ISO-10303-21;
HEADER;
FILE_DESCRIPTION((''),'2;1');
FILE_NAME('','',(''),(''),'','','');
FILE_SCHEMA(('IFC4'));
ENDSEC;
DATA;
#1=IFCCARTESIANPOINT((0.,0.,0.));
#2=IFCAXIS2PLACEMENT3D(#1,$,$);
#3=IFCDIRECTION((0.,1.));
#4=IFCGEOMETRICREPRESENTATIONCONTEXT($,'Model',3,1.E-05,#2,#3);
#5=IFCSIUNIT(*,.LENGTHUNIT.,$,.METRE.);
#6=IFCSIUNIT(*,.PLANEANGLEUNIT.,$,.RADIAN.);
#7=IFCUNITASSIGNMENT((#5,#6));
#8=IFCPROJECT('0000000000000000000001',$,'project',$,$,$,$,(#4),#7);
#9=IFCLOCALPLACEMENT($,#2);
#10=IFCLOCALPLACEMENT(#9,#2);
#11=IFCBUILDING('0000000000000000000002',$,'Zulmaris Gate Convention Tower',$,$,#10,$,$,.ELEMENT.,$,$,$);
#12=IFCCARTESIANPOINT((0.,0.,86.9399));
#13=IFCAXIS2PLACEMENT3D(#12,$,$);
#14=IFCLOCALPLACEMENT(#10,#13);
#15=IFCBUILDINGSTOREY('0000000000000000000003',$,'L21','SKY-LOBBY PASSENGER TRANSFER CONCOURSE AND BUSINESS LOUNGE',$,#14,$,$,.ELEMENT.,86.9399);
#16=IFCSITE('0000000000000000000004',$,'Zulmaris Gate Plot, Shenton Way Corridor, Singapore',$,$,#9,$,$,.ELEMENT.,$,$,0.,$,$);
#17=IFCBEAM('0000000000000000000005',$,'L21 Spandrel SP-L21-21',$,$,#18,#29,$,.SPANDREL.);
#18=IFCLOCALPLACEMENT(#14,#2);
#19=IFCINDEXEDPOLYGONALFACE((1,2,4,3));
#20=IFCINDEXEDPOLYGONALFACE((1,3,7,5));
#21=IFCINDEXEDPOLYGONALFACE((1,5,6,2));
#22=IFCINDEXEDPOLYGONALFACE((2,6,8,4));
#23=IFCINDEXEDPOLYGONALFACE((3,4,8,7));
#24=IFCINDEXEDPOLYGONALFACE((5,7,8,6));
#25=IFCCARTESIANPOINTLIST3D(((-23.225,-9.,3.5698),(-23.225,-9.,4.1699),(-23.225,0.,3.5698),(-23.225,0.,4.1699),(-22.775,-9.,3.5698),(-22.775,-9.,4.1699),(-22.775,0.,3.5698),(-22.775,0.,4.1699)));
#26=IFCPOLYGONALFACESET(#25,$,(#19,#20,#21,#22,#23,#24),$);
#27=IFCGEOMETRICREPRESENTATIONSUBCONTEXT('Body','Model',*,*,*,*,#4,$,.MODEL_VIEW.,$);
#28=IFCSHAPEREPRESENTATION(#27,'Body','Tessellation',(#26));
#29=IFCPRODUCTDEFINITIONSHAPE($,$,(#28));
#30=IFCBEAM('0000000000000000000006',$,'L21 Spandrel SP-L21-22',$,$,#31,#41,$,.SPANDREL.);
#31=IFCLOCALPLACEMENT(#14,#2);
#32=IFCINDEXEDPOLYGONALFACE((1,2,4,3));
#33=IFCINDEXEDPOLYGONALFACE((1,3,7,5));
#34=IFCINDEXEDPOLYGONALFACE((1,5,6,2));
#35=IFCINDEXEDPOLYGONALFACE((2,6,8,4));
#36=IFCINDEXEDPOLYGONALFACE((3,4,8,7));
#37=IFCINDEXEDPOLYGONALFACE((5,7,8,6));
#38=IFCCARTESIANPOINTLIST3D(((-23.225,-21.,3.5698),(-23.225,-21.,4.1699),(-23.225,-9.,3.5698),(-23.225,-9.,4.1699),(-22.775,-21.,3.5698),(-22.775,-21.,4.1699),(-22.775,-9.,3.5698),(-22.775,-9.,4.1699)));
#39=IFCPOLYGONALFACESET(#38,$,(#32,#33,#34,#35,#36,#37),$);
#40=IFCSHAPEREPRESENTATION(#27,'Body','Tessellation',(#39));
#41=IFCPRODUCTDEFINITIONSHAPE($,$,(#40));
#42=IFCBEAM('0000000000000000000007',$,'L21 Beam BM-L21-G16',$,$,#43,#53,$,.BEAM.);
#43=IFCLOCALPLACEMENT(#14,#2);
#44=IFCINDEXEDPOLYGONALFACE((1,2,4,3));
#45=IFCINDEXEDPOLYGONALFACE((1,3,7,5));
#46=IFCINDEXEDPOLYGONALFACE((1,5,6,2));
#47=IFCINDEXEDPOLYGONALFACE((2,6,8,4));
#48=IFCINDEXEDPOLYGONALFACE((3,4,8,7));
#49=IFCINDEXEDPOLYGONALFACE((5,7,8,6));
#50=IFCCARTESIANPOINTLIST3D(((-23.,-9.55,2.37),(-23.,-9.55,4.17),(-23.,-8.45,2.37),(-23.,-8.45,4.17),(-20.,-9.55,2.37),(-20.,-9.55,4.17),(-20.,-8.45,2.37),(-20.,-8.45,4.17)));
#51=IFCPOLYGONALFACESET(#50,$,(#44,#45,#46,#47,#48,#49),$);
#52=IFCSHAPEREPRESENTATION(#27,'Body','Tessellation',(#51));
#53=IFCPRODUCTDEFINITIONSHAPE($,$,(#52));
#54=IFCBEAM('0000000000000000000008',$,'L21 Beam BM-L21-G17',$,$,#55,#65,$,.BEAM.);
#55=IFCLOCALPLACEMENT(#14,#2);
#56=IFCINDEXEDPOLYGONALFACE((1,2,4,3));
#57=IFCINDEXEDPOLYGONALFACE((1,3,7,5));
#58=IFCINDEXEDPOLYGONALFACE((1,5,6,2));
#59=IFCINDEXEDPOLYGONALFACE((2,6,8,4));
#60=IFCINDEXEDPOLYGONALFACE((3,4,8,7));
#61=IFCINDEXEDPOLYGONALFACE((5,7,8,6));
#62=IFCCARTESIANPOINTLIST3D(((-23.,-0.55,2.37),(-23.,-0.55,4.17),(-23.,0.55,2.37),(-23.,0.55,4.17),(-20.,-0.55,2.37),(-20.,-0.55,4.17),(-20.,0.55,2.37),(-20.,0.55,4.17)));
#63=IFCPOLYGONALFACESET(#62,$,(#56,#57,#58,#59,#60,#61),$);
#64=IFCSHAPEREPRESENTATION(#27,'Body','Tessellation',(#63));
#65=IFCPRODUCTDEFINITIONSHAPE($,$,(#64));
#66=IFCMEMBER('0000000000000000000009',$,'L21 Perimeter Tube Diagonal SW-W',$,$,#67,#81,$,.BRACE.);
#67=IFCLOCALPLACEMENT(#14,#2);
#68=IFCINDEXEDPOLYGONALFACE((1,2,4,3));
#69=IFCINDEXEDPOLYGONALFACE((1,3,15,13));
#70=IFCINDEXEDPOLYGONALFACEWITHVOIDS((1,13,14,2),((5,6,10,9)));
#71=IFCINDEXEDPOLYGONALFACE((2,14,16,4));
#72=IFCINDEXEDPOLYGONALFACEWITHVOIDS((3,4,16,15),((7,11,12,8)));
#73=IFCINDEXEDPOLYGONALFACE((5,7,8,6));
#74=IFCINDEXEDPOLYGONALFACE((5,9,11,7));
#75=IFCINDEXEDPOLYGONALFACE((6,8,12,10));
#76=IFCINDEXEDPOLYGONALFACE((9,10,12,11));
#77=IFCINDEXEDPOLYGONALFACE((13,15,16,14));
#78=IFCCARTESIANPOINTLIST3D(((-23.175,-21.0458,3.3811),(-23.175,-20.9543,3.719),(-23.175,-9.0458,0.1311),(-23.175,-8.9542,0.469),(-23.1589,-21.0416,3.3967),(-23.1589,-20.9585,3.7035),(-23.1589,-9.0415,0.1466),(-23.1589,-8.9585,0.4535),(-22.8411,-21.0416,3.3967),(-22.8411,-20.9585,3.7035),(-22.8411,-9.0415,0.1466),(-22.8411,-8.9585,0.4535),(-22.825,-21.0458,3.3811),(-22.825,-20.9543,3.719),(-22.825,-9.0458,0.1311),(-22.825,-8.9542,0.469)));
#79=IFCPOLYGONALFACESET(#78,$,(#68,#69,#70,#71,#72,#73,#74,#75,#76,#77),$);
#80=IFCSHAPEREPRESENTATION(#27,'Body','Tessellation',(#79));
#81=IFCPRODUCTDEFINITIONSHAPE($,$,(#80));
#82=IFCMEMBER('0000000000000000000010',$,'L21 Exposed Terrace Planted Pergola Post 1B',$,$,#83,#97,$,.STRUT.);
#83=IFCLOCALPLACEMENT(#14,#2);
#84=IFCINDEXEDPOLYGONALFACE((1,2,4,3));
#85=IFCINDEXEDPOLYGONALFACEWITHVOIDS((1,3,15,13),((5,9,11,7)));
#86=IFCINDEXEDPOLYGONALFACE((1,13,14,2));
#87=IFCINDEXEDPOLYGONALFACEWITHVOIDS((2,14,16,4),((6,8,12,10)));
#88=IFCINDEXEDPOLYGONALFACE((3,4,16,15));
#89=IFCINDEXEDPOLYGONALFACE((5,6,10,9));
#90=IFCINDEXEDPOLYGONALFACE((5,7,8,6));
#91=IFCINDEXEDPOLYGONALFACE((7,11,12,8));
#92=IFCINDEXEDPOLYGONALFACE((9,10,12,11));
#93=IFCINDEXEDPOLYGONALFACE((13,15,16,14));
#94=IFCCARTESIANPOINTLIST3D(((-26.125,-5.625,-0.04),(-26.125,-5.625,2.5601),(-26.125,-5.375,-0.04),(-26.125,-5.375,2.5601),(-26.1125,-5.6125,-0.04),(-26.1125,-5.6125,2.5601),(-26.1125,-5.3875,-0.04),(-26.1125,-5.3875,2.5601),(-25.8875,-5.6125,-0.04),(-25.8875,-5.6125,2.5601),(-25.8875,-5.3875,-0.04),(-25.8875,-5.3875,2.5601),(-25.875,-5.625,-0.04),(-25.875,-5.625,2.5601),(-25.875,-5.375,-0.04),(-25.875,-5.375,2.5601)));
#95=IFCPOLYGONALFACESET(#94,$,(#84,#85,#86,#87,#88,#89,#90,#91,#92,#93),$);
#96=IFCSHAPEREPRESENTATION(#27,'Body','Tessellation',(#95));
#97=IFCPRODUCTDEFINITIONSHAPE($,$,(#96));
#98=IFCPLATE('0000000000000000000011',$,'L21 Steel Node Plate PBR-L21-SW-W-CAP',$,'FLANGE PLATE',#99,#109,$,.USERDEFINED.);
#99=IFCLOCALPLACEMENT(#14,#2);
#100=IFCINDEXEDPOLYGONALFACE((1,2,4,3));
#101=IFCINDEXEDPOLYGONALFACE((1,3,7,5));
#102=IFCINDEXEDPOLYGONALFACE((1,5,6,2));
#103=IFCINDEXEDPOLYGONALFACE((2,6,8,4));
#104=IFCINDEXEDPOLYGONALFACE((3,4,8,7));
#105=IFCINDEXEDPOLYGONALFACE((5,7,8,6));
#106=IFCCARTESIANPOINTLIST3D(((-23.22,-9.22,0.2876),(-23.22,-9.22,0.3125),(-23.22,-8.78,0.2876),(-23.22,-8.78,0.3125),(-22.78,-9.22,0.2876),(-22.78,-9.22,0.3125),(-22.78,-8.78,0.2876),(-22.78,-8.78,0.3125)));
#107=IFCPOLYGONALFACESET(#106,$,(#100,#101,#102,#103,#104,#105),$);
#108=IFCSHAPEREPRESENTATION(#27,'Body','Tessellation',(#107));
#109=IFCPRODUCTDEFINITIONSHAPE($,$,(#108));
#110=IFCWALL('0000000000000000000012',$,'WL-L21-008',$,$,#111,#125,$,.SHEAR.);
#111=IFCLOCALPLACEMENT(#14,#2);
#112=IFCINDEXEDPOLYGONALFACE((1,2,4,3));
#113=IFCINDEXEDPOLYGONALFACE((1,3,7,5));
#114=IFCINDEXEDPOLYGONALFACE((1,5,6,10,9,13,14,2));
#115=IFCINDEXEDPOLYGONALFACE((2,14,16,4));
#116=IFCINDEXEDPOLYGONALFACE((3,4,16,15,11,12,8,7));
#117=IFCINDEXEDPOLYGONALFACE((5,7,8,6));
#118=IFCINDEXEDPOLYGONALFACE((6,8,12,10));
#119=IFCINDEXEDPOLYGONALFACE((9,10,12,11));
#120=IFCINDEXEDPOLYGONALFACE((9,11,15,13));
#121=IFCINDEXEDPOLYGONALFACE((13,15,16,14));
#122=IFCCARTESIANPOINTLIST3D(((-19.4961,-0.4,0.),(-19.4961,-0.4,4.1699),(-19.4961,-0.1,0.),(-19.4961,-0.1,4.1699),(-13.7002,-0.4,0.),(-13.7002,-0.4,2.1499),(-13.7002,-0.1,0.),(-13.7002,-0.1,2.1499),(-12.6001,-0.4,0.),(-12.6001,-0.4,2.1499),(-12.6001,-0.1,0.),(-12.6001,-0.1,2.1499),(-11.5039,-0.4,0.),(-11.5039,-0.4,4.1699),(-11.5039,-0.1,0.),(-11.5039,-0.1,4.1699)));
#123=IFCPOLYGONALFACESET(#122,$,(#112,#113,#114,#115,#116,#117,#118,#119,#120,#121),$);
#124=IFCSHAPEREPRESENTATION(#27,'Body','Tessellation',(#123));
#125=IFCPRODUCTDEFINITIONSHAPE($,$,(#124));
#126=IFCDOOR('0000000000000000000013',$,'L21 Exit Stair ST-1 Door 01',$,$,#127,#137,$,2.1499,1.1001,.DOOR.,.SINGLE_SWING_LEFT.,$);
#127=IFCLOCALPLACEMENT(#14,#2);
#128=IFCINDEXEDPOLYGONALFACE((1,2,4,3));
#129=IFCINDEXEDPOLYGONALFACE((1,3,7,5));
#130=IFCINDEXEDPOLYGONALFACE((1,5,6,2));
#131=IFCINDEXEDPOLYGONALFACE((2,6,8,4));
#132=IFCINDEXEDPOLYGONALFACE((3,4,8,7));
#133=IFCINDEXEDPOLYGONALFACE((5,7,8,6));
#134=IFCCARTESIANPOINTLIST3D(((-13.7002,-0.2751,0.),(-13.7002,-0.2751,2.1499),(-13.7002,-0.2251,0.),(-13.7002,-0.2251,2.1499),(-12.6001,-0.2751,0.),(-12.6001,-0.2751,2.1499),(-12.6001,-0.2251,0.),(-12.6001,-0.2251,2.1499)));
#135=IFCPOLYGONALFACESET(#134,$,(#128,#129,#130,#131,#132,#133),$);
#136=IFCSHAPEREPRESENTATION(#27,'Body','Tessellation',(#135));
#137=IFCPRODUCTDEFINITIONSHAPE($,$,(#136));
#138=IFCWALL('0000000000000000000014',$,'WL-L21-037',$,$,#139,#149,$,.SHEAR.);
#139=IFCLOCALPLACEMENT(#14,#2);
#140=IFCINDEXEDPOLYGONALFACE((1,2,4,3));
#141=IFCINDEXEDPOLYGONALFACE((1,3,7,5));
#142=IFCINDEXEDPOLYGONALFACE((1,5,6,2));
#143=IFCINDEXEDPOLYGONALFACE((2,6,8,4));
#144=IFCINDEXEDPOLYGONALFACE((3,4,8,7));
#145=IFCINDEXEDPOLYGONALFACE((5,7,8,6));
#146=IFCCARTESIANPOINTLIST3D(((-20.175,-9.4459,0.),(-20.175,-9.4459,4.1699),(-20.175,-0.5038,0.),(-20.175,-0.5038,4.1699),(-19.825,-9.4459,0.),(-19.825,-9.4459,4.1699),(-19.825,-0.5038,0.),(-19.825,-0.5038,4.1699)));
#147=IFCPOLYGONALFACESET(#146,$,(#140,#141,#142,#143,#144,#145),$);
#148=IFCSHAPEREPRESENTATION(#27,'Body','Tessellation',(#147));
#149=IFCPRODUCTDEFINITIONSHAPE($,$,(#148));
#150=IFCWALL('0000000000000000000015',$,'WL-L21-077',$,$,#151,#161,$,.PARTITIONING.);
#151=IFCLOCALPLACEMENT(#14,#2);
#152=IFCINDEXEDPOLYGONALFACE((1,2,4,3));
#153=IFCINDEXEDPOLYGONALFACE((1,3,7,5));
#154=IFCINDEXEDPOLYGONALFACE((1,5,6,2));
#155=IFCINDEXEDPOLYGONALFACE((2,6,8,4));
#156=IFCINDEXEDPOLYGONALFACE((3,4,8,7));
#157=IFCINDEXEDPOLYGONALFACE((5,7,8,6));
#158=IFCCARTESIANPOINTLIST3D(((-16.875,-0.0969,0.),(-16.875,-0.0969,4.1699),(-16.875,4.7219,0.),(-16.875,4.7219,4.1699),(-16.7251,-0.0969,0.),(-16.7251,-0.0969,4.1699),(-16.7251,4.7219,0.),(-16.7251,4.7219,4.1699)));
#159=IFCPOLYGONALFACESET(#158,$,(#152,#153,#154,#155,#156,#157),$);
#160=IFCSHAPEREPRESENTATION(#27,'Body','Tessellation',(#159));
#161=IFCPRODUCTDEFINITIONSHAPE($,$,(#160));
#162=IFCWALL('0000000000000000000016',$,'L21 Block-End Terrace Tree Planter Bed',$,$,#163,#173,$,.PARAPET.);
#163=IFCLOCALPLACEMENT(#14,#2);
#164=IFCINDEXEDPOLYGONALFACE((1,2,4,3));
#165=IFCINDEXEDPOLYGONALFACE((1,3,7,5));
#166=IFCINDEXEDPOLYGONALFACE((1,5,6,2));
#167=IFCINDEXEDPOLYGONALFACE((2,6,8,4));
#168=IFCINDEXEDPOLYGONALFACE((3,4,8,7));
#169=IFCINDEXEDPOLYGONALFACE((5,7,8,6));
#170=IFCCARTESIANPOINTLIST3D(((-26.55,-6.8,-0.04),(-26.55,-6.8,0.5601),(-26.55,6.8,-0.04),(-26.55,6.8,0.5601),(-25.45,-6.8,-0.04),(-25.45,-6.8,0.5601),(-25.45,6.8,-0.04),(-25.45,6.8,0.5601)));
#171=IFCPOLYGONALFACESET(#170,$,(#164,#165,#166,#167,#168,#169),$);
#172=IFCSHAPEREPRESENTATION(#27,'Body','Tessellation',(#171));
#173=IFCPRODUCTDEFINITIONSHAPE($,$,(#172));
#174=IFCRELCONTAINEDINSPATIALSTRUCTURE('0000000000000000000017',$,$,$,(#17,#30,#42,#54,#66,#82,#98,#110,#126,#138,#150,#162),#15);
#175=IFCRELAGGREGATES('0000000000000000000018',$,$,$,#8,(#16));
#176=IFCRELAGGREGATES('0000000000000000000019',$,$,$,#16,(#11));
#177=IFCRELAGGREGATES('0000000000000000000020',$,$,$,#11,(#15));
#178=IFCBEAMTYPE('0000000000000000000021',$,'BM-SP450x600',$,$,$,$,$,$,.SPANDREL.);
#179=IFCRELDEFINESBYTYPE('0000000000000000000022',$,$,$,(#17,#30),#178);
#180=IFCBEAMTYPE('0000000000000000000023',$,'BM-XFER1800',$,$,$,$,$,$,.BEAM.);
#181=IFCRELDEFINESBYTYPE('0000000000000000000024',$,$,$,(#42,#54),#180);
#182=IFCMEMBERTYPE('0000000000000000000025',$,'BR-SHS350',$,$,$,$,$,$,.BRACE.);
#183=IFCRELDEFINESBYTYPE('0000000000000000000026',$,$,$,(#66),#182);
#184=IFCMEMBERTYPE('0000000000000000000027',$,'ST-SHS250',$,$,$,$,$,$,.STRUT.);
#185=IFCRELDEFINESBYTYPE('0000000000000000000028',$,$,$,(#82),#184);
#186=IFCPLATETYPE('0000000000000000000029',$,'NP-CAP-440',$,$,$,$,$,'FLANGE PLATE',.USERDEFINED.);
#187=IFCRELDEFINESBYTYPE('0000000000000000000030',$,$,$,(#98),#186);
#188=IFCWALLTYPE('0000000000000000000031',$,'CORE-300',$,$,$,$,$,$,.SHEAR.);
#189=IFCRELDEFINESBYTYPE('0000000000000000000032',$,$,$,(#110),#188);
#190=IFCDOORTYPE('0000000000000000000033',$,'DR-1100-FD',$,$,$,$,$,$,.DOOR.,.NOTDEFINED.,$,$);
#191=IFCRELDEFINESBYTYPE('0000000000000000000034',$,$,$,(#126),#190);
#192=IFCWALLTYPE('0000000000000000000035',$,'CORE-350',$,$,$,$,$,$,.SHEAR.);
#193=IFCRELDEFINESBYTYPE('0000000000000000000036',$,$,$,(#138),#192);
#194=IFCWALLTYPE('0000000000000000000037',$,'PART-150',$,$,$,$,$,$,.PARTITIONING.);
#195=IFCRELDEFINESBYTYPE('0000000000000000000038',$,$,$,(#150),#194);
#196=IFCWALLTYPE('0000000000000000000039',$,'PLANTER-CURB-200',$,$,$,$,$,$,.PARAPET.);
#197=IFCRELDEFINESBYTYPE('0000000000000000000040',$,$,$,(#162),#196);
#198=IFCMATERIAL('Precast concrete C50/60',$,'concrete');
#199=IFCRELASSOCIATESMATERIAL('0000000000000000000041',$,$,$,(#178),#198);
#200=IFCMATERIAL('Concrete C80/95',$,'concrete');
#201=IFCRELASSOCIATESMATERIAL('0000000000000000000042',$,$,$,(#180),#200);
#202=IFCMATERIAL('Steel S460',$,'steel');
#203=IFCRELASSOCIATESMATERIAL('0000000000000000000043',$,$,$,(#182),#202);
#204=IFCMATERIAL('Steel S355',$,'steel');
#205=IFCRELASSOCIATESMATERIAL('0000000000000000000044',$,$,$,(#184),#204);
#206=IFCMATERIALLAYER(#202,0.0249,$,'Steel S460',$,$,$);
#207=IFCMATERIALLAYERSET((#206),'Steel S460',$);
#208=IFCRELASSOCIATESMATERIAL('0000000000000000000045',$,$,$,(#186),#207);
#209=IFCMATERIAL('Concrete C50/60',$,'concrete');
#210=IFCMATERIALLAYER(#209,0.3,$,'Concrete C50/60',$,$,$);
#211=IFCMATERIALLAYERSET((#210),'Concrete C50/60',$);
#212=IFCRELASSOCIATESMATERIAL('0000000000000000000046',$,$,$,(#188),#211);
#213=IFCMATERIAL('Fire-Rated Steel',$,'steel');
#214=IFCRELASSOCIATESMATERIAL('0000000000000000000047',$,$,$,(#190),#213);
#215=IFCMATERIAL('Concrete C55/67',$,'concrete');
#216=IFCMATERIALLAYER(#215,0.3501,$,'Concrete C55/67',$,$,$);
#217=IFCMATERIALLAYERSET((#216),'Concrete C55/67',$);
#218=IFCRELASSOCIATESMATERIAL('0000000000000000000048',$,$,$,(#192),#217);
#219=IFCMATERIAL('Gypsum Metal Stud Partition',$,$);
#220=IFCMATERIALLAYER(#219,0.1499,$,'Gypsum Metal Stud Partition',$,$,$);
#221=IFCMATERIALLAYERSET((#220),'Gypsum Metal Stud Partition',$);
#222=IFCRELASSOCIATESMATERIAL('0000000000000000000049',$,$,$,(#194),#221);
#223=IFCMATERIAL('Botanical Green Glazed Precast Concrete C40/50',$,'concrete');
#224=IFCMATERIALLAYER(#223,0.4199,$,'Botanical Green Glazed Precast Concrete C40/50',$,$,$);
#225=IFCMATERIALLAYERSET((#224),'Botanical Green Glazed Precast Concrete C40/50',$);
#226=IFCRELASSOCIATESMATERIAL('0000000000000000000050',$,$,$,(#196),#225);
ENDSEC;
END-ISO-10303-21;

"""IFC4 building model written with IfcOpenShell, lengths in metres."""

from ifc_helpers import new_model, si_unit, direction, frame, frame_2d, origin, origin_2d, place, context, subcontext, project, spatial, rectangle, hollow_rectangle, extrude, material, layer, layer_set, material_profile, profile_set, type_object, element, fill, save


model = new_model("IFC4")

# Units and contexts
model_context = context("Model", 3, precision=1e-05, world=origin(), true_north=direction((0.0, 1.0)))
body_context = subcontext(model_context, "Body", "Model", "MODEL_VIEW")
ifc_project = project(units=[si_unit("LENGTHUNIT", "METRE"), si_unit("PLANEANGLEUNIT", "RADIAN")], contexts=[model_context])

# Site, building, storey
site_placement = place(None, origin())
site = spatial("IfcSite", under=ifc_project, at=site_placement, Name="Zulmaris Gate Plot, Shenton Way Corridor, Singapore", CompositionType="ELEMENT", RefElevation=0.0)
building_placement = place(site_placement, origin())
building = spatial("IfcBuilding", under=site, at=building_placement, Name="Zulmaris Gate Convention Tower", CompositionType="ELEMENT")
storey_placement = place(building_placement, frame((0.0, 0.0, 86.9399)))
storey = spatial("IfcBuildingStorey", under=building, at=storey_placement, Name="L21", Description="SKY-LOBBY PASSENGER TRANSFER CONCOURSE AND BUSINESS LOUNGE", CompositionType="ELEMENT", Elevation=86.9399)

# Beams
ifc_material_1 = material(Name="Steel S355", Category="steel")
ifc_material_2 = material(Name="Precast concrete C50/60", Category="concrete")
ifc_material_profile_1 = material_profile(ifc_material_2, rectangle(XDim=0.45, YDim=0.6001, at=origin_2d()), Name="RC SPANDREL 450x600")
ifc_profile_set_1 = profile_set([ifc_material_profile_1], Name="Precast concrete C50/60")
beam_type_1 = type_object("IfcBeamType", Name="BM-SP450x600", PredefinedType="SPANDREL", material=ifc_profile_set_1)
beam_1_placement = place(storey_placement, frame((-23.0, 0.0, 3.8699), z_axis=(0.0, -1.0, 0.0), x_axis=(1.0, 0.0, 0.0)))
element("IfcBeam", 1, at=beam_1_placement, inside=storey, type_object=beam_type_1, Name="L21 Spandrel SP-L21-21", PredefinedType="SPANDREL", context=body_context, shape_type="SweptSolid", body=[
    extrude(rectangle(XDim=0.45, YDim=0.6001, at=origin_2d()), origin(), (0.0, 0.0, 1.0), 9.0),
])
beam_2_placement = place(storey_placement, frame((-23.0, -9.0, 3.8699), z_axis=(0.0, -1.0, 0.0), x_axis=(1.0, 0.0, 0.0)))
element("IfcBeam", 2, at=beam_2_placement, inside=storey, type_object=beam_type_1, Name="L21 Spandrel SP-L21-22", PredefinedType="SPANDREL", context=body_context, shape_type="SweptSolid", body=[
    extrude(rectangle(XDim=0.45, YDim=0.6001, at=origin_2d()), origin(), (0.0, 0.0, 1.0), 12.0),
])
ifc_material_3 = material(Name="Concrete C80/95", Category="concrete")
ifc_material_profile_2 = material_profile(ifc_material_3, rectangle(XDim=1.1001, YDim=1.8, at=origin_2d()), Name="RC TRANSFER 1100x1800")
ifc_profile_set_2 = profile_set([ifc_material_profile_2], Name="Concrete C80/95")
beam_type_2 = type_object("IfcBeamType", Name="BM-XFER1800", PredefinedType="BEAM", material=ifc_profile_set_2)
for number, where, z_axis, x_axis, name in (
    (3, (-23.0, -9.0, 3.27), (1.0, 0.0, 0.0), (0.0, 1.0, 0.0), "L21 Beam BM-L21-G16"),
    (4, (-23.0, 0.0, 3.27), (1.0, 0.0, 0.0), (0.0, 1.0, 0.0), "L21 Beam BM-L21-G17"),
):
    element("IfcBeam", number, at=place(storey_placement, frame(where, z_axis=z_axis, x_axis=x_axis)), inside=storey, type_object=beam_type_2, Name=name, PredefinedType="BEAM", context=body_context, shape_type="SweptSolid", body=[
        extrude(rectangle(XDim=1.1001, YDim=1.8, at=origin_2d()), origin(), (0.0, 0.0, 1.0), 3.0),
    ])

# Members
ifc_material_4 = material(Name="Steel S460", Category="steel")
ifc_material_profile_3 = material_profile(ifc_material_4, hollow_rectangle(XDim=0.3501, YDim=0.3501, WallThickness=0.0161, at=origin_2d()), Name="SHS 350x350x16")
ifc_profile_set_3 = profile_set([ifc_material_profile_3], Name="Steel S460")
member_type_1 = type_object("IfcMemberType", Name="BR-SHS350", PredefinedType="BRACE", material=ifc_profile_set_3)
member_1_placement = place(storey_placement, frame((-23.0, -9.0, 0.3), z_axis=(0.0, -0.965226, 0.261415), x_axis=(1.0, 0.0, 0.0)))
element("IfcMember", 5, at=member_1_placement, inside=storey, type_object=member_type_1, Name="L21 Perimeter Tube Diagonal SW-W", PredefinedType="BRACE", context=body_context, shape_type="SweptSolid", body=[
    extrude(hollow_rectangle(XDim=0.3501, YDim=0.3501, WallThickness=0.0161, at=origin_2d()), origin(), (0.0, 0.0, 1.0), 12.4324),
])
ifc_material_profile_4 = material_profile(ifc_material_1, hollow_rectangle(XDim=0.25, YDim=0.25, WallThickness=0.0125, at=origin_2d()), Name="SHS 250x250x12.5")
ifc_profile_set_4 = profile_set([ifc_material_profile_4], Name="Steel S355")
member_type_2 = type_object("IfcMemberType", Name="ST-SHS250", PredefinedType="STRUT", material=ifc_profile_set_4)
member_2_placement = place(storey_placement, frame((-26.0, -5.5, -0.04), z_axis=(0.0, 0.0, 1.0), x_axis=(1.0, 0.0, 0.0)))
element("IfcMember", 6, at=member_2_placement, inside=storey, type_object=member_type_2, Name="L21 Exposed Terrace Planted Pergola Post 1B", PredefinedType="STRUT", context=body_context, shape_type="SweptSolid", body=[
    extrude(hollow_rectangle(XDim=0.25, YDim=0.25, WallThickness=0.0125, at=origin_2d()), origin(), (0.0, 0.0, 1.0), 2.6001),
])

# Plate
ifc_layer_1 = layer(ifc_material_4, 0.0249, Name="Steel S460")
ifc_layer_set_1 = layer_set([ifc_layer_1], Name="Steel S460")
plate_type = type_object("IfcPlateType", Name="NP-CAP-440", ElementType="FLANGE PLATE", PredefinedType="USERDEFINED", material=ifc_layer_set_1)
plate_placement = place(storey_placement, frame((-23.0, -9.0, 0.2876), z_axis=(0.0, 0.0, 1.0), x_axis=(1.0, 0.0, 0.0)))
element("IfcPlate", 7, at=plate_placement, inside=storey, type_object=plate_type, Name="L21 Steel Node Plate PBR-L21-SW-W-CAP", ObjectType="FLANGE PLATE", PredefinedType="USERDEFINED", context=body_context, shape_type="SweptSolid", body=[
    extrude(rectangle(XDim=0.4399, YDim=0.4399, at=origin_2d()), origin(), (0.0, 0.0, 1.0), 0.0249),
])

# Wall, opening, door
ifc_material_5 = material(Name="Concrete C50/60", Category="concrete")
ifc_layer_2 = layer(ifc_material_5, 0.3, Name="Concrete C50/60")
ifc_layer_set_2 = layer_set([ifc_layer_2], Name="Concrete C50/60")
wall_type_1 = type_object("IfcWallType", Name="CORE-300", PredefinedType="SHEAR", material=ifc_layer_set_2)
wall_1_placement = place(storey_placement, frame((-19.4961, -0.25, 0.0), z_axis=(0.0, 0.0, 1.0), x_axis=(1.0, 0.0, 0.0)))
wall_1 = element("IfcWall", 8, at=wall_1_placement, inside=storey, type_object=wall_type_1, Name="WL-L21-008", PredefinedType="SHEAR", context=body_context, shape_type="SweptSolid", body=[
    extrude(rectangle(XDim=7.9922, YDim=0.3, at=frame_2d((3.9961, 0.0))), origin(), (0.0, 0.0, 1.0), 4.1699),
])
opening_1_placement = place(wall_1_placement, frame((5.7959, 0.0, 0.0)))
opening_1 = element("IfcOpeningElement", 9, at=opening_1_placement, cuts=wall_1, PredefinedType="OPENING", context=body_context, shape_type="SweptSolid", body=[
    extrude(rectangle(XDim=1.1001, YDim=2.1499, at=frame_2d((0.55, 1.075))), frame((0.0, 0.1602, 0.0), z_axis=(0.0, -1.0, 0.0), x_axis=(1.0, 0.0, 0.0)), (0.0, 0.0, 1.0), 0.3201),
])
ifc_material_6 = material(Name="Fire-Rated Steel", Category="steel")
door_type = type_object("IfcDoorType", Name="DR-1100-FD", OperationType="NOTDEFINED", PredefinedType="DOOR", material=ifc_material_6)
door_placement = place(opening_1_placement, origin())
door = element("IfcDoor", 10, at=door_placement, inside=storey, type_object=door_type, Name="L21 Exit Stair ST-1 Door 01", OperationType="SINGLE_SWING_LEFT", OverallHeight=2.1499, OverallWidth=1.1001, PredefinedType="DOOR", context=body_context, shape_type="SweptSolid", body=[
    extrude(rectangle(XDim=1.1001, YDim=2.1499, at=frame_2d((0.55, 1.075))), frame((0.0, 0.0249, 0.0), z_axis=(0.0, -1.0, 0.0), x_axis=(1.0, 0.0, 0.0)), (0.0, 0.0, 1.0), 0.05),
])
fill(opening_1, door)

# Walls
ifc_material_7 = material(Name="Concrete C55/67", Category="concrete")
ifc_layer_3 = layer(ifc_material_7, 0.3501, Name="Concrete C55/67")
ifc_layer_set_3 = layer_set([ifc_layer_3], Name="Concrete C55/67")
wall_type_2 = type_object("IfcWallType", Name="CORE-350", PredefinedType="SHEAR", material=ifc_layer_set_3)
wall_2_placement = place(storey_placement, frame((-20.0, -9.446, 0.0), z_axis=(0.0, 0.0, 1.0), x_axis=(0.0, 1.0, 0.0)))
element("IfcWall", 11, at=wall_2_placement, inside=storey, type_object=wall_type_2, Name="WL-L21-037", PredefinedType="SHEAR", context=body_context, shape_type="SweptSolid", body=[
    extrude(rectangle(XDim=8.9421, YDim=0.3501, at=frame_2d((4.4712, 0.0))), origin(), (0.0, 0.0, 1.0), 4.1699),
])
ifc_material_8 = material(Name="Gypsum Metal Stud Partition")
ifc_layer_4 = layer(ifc_material_8, 0.1499, Name="Gypsum Metal Stud Partition")
ifc_layer_set_4 = layer_set([ifc_layer_4], Name="Gypsum Metal Stud Partition")
wall_type_3 = type_object("IfcWallType", Name="PART-150", PredefinedType="PARTITIONING", material=ifc_layer_set_4)
wall_3_placement = place(storey_placement, frame((-16.8, -0.0969, 0.0), z_axis=(0.0, 0.0, 1.0), x_axis=(0.0, 1.0, 0.0)))
element("IfcWall", 12, at=wall_3_placement, inside=storey, type_object=wall_type_3, Name="WL-L21-077", PredefinedType="PARTITIONING", context=body_context, shape_type="SweptSolid", body=[
    extrude(rectangle(XDim=4.8188, YDim=0.1499, at=frame_2d((2.4094, 0.0))), origin(), (0.0, 0.0, 1.0), 4.1699),
])
ifc_material_9 = material(Name="Botanical Green Glazed Precast Concrete C40/50", Category="concrete")
ifc_layer_5 = layer(ifc_material_9, 0.4199, Name="Botanical Green Glazed Precast Concrete C40/50")
ifc_layer_set_5 = layer_set([ifc_layer_5], Name="Botanical Green Glazed Precast Concrete C40/50")
wall_type_4 = type_object("IfcWallType", Name="PLANTER-CURB-200", PredefinedType="PARAPET", material=ifc_layer_set_5)
wall_4_placement = place(storey_placement, frame((-26.0, -6.8, -0.04), z_axis=(0.0, 0.0, 1.0), x_axis=(0.0, 1.0, 0.0)))
element("IfcWall", 13, at=wall_4_placement, inside=storey, type_object=wall_type_4, Name="L21 Block-End Terrace Tree Planter Bed", PredefinedType="PARAPET", context=body_context, shape_type="SweptSolid", body=[
    extrude(rectangle(XDim=13.6001, YDim=1.1001, at=frame_2d((6.8, 0.0))), origin(), (0.0, 0.0, 1.0), 0.6001),
])

save(model, "model.ifc")
